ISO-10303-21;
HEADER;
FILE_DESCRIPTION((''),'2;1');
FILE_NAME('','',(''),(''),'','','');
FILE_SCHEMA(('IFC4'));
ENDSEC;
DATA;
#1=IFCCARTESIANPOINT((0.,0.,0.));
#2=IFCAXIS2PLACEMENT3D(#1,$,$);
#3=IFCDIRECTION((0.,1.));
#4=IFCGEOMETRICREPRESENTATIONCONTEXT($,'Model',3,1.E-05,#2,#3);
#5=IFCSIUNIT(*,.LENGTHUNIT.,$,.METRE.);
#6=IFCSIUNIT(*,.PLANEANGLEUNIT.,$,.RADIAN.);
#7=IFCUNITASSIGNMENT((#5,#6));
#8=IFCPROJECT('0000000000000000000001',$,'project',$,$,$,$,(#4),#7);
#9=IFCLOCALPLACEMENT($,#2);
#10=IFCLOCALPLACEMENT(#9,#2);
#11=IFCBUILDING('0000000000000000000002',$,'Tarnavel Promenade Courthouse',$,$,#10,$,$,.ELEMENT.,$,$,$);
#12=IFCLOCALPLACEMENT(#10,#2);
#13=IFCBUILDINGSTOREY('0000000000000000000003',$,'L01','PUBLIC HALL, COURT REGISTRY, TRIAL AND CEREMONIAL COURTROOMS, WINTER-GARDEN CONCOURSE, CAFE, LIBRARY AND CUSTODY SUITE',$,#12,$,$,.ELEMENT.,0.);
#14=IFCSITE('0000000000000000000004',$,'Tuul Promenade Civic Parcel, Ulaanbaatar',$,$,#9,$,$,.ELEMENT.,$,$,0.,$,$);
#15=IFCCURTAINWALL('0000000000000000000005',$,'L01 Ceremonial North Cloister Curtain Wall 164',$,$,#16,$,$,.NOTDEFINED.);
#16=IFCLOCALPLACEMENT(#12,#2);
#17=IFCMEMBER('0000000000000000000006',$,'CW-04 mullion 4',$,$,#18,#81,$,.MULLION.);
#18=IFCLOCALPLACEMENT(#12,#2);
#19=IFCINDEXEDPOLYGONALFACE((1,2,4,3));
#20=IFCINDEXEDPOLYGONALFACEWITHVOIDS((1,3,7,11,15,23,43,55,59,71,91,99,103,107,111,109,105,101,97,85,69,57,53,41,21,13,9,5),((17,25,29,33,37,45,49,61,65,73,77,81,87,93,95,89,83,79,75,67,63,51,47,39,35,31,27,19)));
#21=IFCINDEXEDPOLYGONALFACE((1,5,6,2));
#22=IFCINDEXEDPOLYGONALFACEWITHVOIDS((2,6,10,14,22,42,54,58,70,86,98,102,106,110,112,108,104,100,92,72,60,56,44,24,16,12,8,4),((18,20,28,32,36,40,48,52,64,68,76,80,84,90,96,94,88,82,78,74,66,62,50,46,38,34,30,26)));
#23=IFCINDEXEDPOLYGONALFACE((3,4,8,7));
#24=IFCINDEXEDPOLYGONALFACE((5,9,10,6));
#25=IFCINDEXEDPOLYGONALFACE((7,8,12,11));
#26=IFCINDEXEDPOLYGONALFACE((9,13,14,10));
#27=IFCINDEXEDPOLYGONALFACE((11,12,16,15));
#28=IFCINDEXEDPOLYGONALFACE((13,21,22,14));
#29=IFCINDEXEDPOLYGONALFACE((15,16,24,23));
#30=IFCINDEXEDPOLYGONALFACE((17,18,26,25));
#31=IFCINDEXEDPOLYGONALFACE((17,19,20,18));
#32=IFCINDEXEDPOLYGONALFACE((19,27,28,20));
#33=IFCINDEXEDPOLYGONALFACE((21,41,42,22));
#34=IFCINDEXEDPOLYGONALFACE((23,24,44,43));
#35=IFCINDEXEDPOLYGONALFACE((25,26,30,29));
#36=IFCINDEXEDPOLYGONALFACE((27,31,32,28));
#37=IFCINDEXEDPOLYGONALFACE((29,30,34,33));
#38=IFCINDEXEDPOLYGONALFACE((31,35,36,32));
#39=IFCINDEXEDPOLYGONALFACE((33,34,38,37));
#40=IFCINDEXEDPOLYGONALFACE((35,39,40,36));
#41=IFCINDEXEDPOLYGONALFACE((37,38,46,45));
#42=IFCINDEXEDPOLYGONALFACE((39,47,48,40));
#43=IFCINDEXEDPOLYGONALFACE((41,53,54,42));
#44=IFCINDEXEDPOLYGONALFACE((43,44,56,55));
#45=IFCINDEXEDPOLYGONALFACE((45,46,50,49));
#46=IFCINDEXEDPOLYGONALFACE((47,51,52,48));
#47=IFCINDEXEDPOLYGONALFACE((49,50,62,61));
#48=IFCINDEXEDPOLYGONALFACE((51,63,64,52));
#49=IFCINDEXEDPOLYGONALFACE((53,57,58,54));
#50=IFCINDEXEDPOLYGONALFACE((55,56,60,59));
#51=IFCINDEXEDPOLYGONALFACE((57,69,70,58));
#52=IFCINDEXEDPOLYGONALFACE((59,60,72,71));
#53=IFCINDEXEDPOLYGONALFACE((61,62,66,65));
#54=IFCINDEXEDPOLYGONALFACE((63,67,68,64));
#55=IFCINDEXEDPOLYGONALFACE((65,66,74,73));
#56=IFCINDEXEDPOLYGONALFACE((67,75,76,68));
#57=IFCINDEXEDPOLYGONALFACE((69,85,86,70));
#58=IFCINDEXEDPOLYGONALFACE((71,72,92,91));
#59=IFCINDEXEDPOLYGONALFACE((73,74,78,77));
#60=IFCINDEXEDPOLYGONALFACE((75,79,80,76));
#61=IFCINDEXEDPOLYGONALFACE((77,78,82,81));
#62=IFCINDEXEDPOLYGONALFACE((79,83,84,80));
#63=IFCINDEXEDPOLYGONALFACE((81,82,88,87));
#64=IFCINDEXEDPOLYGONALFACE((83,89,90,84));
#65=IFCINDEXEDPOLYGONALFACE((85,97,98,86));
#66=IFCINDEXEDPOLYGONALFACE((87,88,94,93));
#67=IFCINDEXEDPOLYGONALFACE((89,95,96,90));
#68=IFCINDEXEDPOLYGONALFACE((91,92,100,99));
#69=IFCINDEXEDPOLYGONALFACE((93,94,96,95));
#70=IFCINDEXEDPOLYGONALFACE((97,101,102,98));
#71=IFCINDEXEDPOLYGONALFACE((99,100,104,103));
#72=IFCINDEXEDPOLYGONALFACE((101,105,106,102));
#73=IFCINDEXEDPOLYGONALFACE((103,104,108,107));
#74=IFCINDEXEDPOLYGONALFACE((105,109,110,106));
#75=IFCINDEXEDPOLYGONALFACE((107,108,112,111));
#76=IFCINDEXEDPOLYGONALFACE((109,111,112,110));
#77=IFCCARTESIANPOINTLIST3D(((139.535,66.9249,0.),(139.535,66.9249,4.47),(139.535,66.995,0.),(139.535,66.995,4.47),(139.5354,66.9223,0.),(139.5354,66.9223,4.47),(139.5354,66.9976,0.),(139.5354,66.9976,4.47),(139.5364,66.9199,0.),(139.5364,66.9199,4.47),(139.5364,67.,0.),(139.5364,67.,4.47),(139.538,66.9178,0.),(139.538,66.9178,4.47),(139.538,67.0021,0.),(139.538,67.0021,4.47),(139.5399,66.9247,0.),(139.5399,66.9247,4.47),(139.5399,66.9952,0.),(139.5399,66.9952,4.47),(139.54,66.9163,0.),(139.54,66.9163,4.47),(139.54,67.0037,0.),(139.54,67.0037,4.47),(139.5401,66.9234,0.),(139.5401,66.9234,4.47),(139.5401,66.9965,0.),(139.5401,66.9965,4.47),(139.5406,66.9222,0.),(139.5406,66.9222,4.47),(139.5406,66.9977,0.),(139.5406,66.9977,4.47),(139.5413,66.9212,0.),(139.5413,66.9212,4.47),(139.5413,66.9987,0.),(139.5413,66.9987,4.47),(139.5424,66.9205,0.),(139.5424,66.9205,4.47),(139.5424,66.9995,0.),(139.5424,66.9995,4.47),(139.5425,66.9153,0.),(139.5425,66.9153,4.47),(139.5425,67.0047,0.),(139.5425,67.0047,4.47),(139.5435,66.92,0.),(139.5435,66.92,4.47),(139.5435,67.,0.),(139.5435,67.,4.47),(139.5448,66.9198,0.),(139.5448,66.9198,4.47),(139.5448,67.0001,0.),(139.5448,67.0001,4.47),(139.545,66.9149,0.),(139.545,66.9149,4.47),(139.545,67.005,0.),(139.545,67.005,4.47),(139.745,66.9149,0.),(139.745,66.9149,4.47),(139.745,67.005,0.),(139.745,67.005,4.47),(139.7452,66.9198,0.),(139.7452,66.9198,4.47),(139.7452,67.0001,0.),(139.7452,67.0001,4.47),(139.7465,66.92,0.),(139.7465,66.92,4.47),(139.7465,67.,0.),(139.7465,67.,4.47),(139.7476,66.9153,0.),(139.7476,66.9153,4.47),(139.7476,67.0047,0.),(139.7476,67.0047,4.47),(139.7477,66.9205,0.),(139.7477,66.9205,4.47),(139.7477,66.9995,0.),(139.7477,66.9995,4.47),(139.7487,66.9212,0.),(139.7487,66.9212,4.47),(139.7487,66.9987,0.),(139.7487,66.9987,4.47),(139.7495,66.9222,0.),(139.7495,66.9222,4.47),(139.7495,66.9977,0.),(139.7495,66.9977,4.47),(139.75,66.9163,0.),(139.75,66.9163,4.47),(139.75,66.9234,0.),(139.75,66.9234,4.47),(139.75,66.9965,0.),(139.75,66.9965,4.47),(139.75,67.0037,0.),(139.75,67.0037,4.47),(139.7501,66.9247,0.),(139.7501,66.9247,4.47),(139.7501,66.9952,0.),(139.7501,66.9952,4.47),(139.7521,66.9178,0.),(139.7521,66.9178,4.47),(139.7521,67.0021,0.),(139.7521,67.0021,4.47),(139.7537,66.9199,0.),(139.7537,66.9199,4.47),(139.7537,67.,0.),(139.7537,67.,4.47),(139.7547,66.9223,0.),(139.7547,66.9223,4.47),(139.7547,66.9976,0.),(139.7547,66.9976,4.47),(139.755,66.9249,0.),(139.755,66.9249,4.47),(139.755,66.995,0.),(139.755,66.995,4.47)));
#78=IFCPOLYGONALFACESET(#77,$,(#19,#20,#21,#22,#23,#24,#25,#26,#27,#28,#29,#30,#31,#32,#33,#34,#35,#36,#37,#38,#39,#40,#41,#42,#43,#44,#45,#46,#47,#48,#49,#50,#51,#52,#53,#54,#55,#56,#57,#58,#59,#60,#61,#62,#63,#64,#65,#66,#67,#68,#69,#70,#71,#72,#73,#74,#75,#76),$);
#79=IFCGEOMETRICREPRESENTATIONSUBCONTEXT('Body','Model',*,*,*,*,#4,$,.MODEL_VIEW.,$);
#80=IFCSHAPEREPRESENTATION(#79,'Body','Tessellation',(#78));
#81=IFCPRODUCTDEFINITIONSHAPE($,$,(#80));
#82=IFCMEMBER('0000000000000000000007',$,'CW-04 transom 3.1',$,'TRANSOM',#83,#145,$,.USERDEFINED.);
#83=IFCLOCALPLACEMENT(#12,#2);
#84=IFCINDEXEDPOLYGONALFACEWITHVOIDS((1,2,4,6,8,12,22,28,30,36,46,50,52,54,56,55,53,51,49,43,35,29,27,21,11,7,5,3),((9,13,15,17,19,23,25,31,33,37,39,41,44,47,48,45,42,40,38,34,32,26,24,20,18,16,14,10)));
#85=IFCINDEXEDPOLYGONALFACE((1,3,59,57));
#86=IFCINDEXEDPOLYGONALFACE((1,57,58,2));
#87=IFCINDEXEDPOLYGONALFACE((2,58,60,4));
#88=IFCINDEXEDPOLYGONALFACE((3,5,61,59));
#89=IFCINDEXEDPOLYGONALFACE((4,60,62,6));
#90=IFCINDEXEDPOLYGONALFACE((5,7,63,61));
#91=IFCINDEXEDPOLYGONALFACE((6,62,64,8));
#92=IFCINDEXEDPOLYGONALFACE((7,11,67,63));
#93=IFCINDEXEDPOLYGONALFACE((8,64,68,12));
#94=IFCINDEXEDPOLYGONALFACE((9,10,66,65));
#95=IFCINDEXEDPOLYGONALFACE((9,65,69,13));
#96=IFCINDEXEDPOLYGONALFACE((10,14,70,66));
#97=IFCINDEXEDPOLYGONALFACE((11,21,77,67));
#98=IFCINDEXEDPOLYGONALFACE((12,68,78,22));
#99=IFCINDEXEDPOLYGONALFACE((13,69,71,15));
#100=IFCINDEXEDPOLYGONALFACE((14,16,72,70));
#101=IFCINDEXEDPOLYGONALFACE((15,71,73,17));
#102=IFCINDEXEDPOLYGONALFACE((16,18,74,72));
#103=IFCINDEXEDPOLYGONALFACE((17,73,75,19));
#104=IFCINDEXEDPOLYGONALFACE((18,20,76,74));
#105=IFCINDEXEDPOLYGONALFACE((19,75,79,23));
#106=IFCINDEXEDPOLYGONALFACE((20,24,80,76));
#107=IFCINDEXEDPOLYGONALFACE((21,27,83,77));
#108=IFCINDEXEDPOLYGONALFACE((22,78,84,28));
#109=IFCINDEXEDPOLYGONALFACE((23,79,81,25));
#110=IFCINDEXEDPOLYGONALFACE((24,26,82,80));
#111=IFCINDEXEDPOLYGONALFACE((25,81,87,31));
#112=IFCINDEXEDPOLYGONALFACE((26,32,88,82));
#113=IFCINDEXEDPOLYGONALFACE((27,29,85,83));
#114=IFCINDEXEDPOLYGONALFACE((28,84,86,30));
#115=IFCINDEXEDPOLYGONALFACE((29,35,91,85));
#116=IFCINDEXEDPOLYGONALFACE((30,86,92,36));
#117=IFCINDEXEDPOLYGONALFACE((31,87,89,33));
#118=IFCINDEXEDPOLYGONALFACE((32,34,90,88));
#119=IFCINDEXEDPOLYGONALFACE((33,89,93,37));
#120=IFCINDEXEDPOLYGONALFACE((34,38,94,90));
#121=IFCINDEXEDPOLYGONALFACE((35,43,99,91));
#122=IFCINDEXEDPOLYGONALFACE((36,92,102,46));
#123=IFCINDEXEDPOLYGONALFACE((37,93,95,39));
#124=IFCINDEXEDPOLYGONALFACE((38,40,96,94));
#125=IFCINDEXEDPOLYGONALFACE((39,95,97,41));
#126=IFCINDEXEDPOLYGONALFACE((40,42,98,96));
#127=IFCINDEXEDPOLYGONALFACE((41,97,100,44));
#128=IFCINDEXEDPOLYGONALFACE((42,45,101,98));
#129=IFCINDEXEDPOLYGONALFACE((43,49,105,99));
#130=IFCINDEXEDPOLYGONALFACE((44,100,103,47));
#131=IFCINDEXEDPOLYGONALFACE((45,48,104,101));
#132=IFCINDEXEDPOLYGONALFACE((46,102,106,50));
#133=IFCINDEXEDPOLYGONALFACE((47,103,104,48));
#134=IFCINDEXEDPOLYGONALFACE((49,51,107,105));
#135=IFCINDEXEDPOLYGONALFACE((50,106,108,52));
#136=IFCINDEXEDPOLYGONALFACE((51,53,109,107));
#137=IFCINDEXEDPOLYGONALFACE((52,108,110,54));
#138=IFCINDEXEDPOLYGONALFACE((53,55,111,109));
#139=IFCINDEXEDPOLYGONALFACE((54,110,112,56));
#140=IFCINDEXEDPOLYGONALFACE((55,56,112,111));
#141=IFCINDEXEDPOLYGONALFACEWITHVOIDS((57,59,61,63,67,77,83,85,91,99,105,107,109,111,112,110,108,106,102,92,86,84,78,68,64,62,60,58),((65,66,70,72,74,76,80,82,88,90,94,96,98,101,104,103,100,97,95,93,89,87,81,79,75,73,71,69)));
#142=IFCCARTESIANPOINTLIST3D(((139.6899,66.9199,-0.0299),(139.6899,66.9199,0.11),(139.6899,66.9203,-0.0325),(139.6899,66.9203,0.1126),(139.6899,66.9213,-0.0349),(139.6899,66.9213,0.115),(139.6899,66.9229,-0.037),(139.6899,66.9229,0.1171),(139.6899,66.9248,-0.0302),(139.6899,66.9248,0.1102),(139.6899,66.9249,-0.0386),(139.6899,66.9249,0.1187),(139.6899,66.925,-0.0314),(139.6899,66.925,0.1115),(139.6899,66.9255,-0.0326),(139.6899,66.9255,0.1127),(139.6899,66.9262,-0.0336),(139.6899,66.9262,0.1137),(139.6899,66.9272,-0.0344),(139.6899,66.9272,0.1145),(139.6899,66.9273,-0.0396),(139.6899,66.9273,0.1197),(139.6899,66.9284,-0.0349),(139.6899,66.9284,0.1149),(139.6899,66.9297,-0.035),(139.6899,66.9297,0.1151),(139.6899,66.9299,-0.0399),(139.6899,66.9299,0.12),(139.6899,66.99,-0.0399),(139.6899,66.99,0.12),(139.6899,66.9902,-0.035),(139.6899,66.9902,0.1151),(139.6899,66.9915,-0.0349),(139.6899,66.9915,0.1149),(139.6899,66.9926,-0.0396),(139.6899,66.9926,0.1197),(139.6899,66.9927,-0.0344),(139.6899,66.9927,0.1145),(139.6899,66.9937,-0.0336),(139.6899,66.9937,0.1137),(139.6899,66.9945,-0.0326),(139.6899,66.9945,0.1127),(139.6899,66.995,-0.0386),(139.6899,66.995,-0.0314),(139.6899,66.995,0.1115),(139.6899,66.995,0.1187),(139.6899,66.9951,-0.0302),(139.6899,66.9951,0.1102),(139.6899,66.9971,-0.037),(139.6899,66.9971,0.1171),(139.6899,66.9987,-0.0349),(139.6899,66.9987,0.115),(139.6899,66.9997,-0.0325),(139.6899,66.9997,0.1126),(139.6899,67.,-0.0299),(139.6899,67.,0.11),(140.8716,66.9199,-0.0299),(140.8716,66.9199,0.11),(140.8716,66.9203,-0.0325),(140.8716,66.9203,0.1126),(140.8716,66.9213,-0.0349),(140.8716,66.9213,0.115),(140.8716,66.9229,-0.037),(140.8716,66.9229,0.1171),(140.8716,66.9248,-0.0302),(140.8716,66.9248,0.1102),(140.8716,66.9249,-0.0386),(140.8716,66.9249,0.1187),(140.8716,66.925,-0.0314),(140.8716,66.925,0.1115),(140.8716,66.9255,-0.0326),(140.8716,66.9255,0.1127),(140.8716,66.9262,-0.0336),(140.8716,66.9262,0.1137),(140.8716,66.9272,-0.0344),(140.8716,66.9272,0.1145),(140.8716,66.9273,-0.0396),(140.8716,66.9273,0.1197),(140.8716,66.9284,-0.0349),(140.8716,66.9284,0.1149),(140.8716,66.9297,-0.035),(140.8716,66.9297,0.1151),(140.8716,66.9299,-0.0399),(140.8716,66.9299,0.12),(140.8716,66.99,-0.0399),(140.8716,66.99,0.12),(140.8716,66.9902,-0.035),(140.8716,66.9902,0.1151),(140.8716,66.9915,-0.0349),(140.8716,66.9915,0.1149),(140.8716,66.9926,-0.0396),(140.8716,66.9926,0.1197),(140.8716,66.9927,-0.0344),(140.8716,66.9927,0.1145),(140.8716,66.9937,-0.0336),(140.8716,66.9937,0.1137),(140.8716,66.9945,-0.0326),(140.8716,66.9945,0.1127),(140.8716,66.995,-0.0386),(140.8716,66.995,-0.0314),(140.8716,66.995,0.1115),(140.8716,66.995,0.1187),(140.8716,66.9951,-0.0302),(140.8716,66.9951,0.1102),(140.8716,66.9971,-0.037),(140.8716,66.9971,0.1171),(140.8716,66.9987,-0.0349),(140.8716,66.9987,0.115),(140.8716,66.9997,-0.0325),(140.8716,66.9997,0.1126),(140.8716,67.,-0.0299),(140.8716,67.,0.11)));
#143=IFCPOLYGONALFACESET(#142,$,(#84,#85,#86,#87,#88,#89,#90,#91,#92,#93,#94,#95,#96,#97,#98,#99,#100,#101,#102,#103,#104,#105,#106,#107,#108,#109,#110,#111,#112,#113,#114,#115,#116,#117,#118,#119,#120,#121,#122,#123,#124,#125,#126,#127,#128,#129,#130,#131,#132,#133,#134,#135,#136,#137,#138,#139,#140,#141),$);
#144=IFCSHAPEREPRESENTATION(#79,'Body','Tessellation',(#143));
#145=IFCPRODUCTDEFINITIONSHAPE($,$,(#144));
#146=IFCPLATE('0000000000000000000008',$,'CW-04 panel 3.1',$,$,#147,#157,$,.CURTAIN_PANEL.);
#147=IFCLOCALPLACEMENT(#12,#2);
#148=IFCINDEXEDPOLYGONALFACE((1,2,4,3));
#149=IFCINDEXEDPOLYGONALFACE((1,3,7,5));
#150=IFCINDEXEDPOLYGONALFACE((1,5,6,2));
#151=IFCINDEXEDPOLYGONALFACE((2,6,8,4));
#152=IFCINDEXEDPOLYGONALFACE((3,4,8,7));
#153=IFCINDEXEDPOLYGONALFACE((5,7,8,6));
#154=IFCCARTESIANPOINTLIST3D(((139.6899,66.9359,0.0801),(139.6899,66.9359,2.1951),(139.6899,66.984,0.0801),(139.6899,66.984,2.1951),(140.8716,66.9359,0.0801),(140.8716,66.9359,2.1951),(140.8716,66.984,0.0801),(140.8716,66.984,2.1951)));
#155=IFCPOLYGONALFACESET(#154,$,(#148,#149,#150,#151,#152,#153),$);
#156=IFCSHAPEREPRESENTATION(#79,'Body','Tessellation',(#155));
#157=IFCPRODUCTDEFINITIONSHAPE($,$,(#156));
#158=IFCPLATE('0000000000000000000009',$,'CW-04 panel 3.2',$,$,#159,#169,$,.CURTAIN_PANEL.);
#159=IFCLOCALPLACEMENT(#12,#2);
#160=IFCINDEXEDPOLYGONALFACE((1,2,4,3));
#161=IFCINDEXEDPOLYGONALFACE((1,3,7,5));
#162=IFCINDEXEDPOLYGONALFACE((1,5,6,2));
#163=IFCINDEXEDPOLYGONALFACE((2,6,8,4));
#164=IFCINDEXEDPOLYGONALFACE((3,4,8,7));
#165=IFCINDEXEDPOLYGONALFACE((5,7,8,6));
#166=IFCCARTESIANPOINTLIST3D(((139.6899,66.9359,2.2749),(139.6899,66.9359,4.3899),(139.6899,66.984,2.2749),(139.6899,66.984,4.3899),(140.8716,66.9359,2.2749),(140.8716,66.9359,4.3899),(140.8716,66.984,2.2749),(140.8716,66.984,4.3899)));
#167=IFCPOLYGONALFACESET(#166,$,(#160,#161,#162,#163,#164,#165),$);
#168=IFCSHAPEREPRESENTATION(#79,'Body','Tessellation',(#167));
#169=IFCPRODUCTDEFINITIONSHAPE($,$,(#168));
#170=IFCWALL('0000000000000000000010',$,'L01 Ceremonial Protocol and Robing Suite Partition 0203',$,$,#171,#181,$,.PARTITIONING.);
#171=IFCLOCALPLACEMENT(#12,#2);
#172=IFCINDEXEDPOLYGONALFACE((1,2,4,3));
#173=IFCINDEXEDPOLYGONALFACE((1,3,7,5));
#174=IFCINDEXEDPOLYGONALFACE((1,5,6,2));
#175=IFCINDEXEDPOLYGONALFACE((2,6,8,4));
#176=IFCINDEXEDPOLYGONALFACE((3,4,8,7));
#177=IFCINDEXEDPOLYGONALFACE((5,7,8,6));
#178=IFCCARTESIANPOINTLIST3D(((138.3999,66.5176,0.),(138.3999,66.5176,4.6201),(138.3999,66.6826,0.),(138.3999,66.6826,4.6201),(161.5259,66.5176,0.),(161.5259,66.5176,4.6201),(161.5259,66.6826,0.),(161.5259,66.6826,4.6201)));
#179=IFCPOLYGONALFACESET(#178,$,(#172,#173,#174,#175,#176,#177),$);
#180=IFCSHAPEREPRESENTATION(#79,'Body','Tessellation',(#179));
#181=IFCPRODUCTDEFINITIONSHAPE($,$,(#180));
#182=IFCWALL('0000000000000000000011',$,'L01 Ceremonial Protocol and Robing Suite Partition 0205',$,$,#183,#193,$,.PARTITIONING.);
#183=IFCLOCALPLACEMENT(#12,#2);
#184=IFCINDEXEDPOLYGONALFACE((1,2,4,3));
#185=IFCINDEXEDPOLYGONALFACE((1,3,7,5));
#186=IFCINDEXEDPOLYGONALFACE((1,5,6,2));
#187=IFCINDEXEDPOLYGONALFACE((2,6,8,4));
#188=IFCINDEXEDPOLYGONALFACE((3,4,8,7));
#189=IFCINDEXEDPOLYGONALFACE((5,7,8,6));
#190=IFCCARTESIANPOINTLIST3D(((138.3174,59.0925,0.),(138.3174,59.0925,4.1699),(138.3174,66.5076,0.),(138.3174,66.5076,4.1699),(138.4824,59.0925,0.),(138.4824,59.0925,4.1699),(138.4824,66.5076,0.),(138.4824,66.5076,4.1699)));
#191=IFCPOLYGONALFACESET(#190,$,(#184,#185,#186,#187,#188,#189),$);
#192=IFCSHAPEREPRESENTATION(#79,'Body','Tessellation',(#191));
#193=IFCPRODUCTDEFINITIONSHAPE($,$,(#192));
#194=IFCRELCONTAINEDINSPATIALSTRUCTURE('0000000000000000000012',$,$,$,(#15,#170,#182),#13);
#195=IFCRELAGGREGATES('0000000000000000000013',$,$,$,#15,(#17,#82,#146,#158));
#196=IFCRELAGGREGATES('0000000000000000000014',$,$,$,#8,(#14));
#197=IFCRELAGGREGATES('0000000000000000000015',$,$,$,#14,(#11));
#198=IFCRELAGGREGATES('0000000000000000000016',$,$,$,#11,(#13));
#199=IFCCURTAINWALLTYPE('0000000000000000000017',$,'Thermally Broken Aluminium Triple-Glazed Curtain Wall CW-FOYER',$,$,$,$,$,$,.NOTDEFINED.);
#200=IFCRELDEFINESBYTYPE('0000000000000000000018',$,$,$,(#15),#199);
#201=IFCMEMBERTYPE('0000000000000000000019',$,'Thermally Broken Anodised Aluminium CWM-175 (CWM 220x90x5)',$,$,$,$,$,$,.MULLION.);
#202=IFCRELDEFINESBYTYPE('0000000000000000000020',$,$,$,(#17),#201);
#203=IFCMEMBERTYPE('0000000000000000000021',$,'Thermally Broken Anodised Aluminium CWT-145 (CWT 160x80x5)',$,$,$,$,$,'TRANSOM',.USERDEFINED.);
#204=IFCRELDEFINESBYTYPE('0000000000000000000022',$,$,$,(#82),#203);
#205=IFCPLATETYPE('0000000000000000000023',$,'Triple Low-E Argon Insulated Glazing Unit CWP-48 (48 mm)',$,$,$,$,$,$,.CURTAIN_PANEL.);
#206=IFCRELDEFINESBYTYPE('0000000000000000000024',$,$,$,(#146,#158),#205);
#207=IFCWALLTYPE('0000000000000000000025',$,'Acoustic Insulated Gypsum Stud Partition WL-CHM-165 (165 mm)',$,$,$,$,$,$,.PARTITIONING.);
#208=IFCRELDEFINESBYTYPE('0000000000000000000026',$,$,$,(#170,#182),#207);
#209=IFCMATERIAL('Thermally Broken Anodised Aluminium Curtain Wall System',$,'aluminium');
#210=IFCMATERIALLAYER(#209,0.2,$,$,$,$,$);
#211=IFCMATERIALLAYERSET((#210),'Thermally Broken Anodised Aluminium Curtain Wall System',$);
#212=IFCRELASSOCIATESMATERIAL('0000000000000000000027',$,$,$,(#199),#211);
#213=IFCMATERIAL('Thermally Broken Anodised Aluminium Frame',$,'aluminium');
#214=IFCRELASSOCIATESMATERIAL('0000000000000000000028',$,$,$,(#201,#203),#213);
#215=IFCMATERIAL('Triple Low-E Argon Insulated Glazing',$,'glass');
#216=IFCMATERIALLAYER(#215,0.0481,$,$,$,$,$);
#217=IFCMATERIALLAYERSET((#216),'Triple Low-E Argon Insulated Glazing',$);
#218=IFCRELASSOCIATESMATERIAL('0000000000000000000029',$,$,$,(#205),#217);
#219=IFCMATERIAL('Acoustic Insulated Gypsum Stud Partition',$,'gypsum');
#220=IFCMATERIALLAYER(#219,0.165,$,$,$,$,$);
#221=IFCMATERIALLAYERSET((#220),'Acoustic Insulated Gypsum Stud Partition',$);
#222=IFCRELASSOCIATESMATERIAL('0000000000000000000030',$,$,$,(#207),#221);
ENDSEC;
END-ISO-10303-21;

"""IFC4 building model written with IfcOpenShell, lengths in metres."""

from ifc_helpers import new_model, si_unit, direction, frame, frame_2d, origin, origin_2d, place, context, subcontext, project, spatial, rectangle, hollow_rectangle, extrude, material, layer, layer_set, material_profile, profile_set, type_object, element, aggregate, save


model = new_model("IFC4")

# Units and contexts
model_context = context("Model", 3, precision=1e-05, world=origin(), true_north=direction((0.0, 1.0)))
body_context = subcontext(model_context, "Body", "Model", "MODEL_VIEW")
ifc_project = project(units=[si_unit("LENGTHUNIT", "METRE"), si_unit("PLANEANGLEUNIT", "RADIAN")], contexts=[model_context])

# Site, building, storey
site_placement = place(None, origin())
site = spatial("IfcSite", under=ifc_project, at=site_placement, Name="Tuul Promenade Civic Parcel, Ulaanbaatar", CompositionType="ELEMENT", RefElevation=0.0)
building_placement = place(site_placement, origin())
building = spatial("IfcBuilding", under=site, at=building_placement, Name="Tarnavel Promenade Courthouse", CompositionType="ELEMENT")
storey_placement = place(building_placement, origin())
storey = spatial("IfcBuildingStorey", under=building, at=storey_placement, Name="L01", Description="PUBLIC HALL, COURT REGISTRY, TRIAL AND CEREMONIAL COURTROOMS, WINTER-GARDEN CONCOURSE, CAFE, LIBRARY AND CUSTODY SUITE", CompositionType="ELEMENT", Elevation=0.0)

# Curtain wall, members, plates
ifc_material_1 = material(Name="Thermally Broken Anodised Aluminium Curtain Wall System", Category="aluminium")
ifc_layer_1 = layer(ifc_material_1, 0.2)
ifc_layer_set_1 = layer_set([ifc_layer_1], Name="Thermally Broken Anodised Aluminium Curtain Wall System")
curtain_wall_type = type_object("IfcCurtainWallType", Name="Thermally Broken Aluminium Triple-Glazed Curtain Wall CW-FOYER", PredefinedType="NOTDEFINED", material=ifc_layer_set_1)
curtain_wall_placement = place(storey_placement, origin())
curtain_wall = element("IfcCurtainWall", 1, at=curtain_wall_placement, inside=storey, type_object=curtain_wall_type, Name="L01 Ceremonial North Cloister Curtain Wall 164", PredefinedType="NOTDEFINED")
ifc_material_2 = material(Name="Thermally Broken Anodised Aluminium Frame", Category="aluminium")
ifc_material_profile_1 = material_profile(ifc_material_2, hollow_rectangle(XDim=0.0901, YDim=0.22, WallThickness=0.0049, InnerFilletRadius=0.0049, OuterFilletRadius=0.01, at=origin_2d()), Name="CWM 220x90x5")
ifc_profile_set_1 = profile_set([ifc_material_profile_1], Name="Thermally Broken Anodised Aluminium Frame")
member_type_1 = type_object("IfcMemberType", Name="Thermally Broken Anodised Aluminium CWM-175 (CWM 220x90x5)", PredefinedType="MULLION", material=ifc_profile_set_1)
member_1_placement = place(storey_placement, frame((139.645, 66.96, 0.0), z_axis=(0.0, 0.0, 1.0), x_axis=(0.0, -1.0, 0.0)))
member_1 = element("IfcMember", 2, at=member_1_placement, type_object=member_type_1, Name="CW-04 mullion 4", PredefinedType="MULLION", context=body_context, shape_type="SweptSolid", body=[
    extrude(hollow_rectangle(XDim=0.0901, YDim=0.22, WallThickness=0.0049, InnerFilletRadius=0.0049, OuterFilletRadius=0.01, at=origin_2d()), origin(), (0.0, 0.0, 1.0), 4.47),
])
ifc_material_profile_2 = material_profile(ifc_material_2, hollow_rectangle(XDim=0.0801, YDim=0.1599, WallThickness=0.0049, InnerFilletRadius=0.0049, OuterFilletRadius=0.01, at=origin_2d()), Name="CWT 160x80x5")
ifc_profile_set_2 = profile_set([ifc_material_profile_2], Name="Thermally Broken Anodised Aluminium Frame")
member_type_2 = type_object("IfcMemberType", Name="Thermally Broken Anodised Aluminium CWT-145 (CWT 160x80x5)", ElementType="TRANSOM", PredefinedType="USERDEFINED", material=ifc_profile_set_2)
member_2_placement = place(storey_placement, frame((140.8716, 66.96, 0.04), z_axis=(-1.0, 0.0, 0.0), x_axis=(0.0, -1.0, 0.0)))
member_2 = element("IfcMember", 3, at=member_2_placement, type_object=member_type_2, Name="CW-04 transom 3.1", ObjectType="TRANSOM", PredefinedType="USERDEFINED", context=body_context, shape_type="SweptSolid", body=[
    extrude(hollow_rectangle(XDim=0.0801, YDim=0.1599, WallThickness=0.0049, InnerFilletRadius=0.0049, OuterFilletRadius=0.01, at=origin_2d()), origin(), (0.0, 0.0, 1.0), 1.1816),
])
ifc_material_3 = material(Name="Triple Low-E Argon Insulated Glazing", Category="glass")
ifc_layer_2 = layer(ifc_material_3, 0.0481)
ifc_layer_set_2 = layer_set([ifc_layer_2], Name="Triple Low-E Argon Insulated Glazing")
plate_type = type_object("IfcPlateType", Name="Triple Low-E Argon Insulated Glazing Unit CWP-48 (48 mm)", PredefinedType="CURTAIN_PANEL", material=ifc_layer_set_2)
plate_1_placement = place(storey_placement, frame((140.2808, 66.96, 0.0801), z_axis=(0.0, 0.0, 1.0), x_axis=(-1.0, 0.0, 0.0)))
plate_1 = element("IfcPlate", 4, at=plate_1_placement, type_object=plate_type, Name="CW-04 panel 3.1", PredefinedType="CURTAIN_PANEL", context=body_context, shape_type="SweptSolid", body=[
    extrude(rectangle(XDim=1.1816, YDim=0.0481, at=origin_2d()), origin(), (0.0, 0.0, 1.0), 2.115),
])
plate_2_placement = place(storey_placement, frame((140.2808, 66.96, 2.2749), z_axis=(0.0, 0.0, 1.0), x_axis=(-1.0, 0.0, 0.0)))
plate_2 = element("IfcPlate", 5, at=plate_2_placement, type_object=plate_type, Name="CW-04 panel 3.2", PredefinedType="CURTAIN_PANEL", context=body_context, shape_type="SweptSolid", body=[
    extrude(rectangle(XDim=1.1816, YDim=0.0481, at=origin_2d()), origin(), (0.0, 0.0, 1.0), 2.115),
])
aggregate(curtain_wall, [member_1, member_2, plate_1, plate_2])

# Walls
ifc_material_4 = material(Name="Acoustic Insulated Gypsum Stud Partition", Category="gypsum")
ifc_layer_3 = layer(ifc_material_4, 0.165)
ifc_layer_set_3 = layer_set([ifc_layer_3], Name="Acoustic Insulated Gypsum Stud Partition")
wall_type_1 = type_object("IfcWallType", Name="Acoustic Insulated Gypsum Stud Partition WL-CHM-165 (165 mm)", PredefinedType="PARTITIONING", material=ifc_layer_set_3)
wall_1_placement = place(storey_placement, frame((138.3999, 66.6001, 0.0), z_axis=(0.0, 0.0, 1.0), x_axis=(1.0, 0.0, 0.0)))
element("IfcWall", 6, at=wall_1_placement, inside=storey, type_object=wall_type_1, Name="L01 Ceremonial Protocol and Robing Suite Partition 0203", PredefinedType="PARTITIONING", context=body_context, shape_type="SweptSolid", body=[
    extrude(rectangle(XDim=23.126, YDim=0.165, at=frame_2d((11.563, 0.0))), origin(), (0.0, 0.0, 1.0), 4.6201),
])
wall_2_placement = place(storey_placement, frame((138.3999, 59.0925, 0.0), z_axis=(0.0, 0.0, 1.0), x_axis=(0.0, 1.0, 0.0)))
element("IfcWall", 7, at=wall_2_placement, inside=storey, type_object=wall_type_1, Name="L01 Ceremonial Protocol and Robing Suite Partition 0205", PredefinedType="PARTITIONING", context=body_context, shape_type="SweptSolid", body=[
    extrude(rectangle(XDim=7.415, YDim=0.165, at=frame_2d((3.7075, 0.0))), origin(), (0.0, 0.0, 1.0), 4.1699),
])

save(model, "model.ifc")
